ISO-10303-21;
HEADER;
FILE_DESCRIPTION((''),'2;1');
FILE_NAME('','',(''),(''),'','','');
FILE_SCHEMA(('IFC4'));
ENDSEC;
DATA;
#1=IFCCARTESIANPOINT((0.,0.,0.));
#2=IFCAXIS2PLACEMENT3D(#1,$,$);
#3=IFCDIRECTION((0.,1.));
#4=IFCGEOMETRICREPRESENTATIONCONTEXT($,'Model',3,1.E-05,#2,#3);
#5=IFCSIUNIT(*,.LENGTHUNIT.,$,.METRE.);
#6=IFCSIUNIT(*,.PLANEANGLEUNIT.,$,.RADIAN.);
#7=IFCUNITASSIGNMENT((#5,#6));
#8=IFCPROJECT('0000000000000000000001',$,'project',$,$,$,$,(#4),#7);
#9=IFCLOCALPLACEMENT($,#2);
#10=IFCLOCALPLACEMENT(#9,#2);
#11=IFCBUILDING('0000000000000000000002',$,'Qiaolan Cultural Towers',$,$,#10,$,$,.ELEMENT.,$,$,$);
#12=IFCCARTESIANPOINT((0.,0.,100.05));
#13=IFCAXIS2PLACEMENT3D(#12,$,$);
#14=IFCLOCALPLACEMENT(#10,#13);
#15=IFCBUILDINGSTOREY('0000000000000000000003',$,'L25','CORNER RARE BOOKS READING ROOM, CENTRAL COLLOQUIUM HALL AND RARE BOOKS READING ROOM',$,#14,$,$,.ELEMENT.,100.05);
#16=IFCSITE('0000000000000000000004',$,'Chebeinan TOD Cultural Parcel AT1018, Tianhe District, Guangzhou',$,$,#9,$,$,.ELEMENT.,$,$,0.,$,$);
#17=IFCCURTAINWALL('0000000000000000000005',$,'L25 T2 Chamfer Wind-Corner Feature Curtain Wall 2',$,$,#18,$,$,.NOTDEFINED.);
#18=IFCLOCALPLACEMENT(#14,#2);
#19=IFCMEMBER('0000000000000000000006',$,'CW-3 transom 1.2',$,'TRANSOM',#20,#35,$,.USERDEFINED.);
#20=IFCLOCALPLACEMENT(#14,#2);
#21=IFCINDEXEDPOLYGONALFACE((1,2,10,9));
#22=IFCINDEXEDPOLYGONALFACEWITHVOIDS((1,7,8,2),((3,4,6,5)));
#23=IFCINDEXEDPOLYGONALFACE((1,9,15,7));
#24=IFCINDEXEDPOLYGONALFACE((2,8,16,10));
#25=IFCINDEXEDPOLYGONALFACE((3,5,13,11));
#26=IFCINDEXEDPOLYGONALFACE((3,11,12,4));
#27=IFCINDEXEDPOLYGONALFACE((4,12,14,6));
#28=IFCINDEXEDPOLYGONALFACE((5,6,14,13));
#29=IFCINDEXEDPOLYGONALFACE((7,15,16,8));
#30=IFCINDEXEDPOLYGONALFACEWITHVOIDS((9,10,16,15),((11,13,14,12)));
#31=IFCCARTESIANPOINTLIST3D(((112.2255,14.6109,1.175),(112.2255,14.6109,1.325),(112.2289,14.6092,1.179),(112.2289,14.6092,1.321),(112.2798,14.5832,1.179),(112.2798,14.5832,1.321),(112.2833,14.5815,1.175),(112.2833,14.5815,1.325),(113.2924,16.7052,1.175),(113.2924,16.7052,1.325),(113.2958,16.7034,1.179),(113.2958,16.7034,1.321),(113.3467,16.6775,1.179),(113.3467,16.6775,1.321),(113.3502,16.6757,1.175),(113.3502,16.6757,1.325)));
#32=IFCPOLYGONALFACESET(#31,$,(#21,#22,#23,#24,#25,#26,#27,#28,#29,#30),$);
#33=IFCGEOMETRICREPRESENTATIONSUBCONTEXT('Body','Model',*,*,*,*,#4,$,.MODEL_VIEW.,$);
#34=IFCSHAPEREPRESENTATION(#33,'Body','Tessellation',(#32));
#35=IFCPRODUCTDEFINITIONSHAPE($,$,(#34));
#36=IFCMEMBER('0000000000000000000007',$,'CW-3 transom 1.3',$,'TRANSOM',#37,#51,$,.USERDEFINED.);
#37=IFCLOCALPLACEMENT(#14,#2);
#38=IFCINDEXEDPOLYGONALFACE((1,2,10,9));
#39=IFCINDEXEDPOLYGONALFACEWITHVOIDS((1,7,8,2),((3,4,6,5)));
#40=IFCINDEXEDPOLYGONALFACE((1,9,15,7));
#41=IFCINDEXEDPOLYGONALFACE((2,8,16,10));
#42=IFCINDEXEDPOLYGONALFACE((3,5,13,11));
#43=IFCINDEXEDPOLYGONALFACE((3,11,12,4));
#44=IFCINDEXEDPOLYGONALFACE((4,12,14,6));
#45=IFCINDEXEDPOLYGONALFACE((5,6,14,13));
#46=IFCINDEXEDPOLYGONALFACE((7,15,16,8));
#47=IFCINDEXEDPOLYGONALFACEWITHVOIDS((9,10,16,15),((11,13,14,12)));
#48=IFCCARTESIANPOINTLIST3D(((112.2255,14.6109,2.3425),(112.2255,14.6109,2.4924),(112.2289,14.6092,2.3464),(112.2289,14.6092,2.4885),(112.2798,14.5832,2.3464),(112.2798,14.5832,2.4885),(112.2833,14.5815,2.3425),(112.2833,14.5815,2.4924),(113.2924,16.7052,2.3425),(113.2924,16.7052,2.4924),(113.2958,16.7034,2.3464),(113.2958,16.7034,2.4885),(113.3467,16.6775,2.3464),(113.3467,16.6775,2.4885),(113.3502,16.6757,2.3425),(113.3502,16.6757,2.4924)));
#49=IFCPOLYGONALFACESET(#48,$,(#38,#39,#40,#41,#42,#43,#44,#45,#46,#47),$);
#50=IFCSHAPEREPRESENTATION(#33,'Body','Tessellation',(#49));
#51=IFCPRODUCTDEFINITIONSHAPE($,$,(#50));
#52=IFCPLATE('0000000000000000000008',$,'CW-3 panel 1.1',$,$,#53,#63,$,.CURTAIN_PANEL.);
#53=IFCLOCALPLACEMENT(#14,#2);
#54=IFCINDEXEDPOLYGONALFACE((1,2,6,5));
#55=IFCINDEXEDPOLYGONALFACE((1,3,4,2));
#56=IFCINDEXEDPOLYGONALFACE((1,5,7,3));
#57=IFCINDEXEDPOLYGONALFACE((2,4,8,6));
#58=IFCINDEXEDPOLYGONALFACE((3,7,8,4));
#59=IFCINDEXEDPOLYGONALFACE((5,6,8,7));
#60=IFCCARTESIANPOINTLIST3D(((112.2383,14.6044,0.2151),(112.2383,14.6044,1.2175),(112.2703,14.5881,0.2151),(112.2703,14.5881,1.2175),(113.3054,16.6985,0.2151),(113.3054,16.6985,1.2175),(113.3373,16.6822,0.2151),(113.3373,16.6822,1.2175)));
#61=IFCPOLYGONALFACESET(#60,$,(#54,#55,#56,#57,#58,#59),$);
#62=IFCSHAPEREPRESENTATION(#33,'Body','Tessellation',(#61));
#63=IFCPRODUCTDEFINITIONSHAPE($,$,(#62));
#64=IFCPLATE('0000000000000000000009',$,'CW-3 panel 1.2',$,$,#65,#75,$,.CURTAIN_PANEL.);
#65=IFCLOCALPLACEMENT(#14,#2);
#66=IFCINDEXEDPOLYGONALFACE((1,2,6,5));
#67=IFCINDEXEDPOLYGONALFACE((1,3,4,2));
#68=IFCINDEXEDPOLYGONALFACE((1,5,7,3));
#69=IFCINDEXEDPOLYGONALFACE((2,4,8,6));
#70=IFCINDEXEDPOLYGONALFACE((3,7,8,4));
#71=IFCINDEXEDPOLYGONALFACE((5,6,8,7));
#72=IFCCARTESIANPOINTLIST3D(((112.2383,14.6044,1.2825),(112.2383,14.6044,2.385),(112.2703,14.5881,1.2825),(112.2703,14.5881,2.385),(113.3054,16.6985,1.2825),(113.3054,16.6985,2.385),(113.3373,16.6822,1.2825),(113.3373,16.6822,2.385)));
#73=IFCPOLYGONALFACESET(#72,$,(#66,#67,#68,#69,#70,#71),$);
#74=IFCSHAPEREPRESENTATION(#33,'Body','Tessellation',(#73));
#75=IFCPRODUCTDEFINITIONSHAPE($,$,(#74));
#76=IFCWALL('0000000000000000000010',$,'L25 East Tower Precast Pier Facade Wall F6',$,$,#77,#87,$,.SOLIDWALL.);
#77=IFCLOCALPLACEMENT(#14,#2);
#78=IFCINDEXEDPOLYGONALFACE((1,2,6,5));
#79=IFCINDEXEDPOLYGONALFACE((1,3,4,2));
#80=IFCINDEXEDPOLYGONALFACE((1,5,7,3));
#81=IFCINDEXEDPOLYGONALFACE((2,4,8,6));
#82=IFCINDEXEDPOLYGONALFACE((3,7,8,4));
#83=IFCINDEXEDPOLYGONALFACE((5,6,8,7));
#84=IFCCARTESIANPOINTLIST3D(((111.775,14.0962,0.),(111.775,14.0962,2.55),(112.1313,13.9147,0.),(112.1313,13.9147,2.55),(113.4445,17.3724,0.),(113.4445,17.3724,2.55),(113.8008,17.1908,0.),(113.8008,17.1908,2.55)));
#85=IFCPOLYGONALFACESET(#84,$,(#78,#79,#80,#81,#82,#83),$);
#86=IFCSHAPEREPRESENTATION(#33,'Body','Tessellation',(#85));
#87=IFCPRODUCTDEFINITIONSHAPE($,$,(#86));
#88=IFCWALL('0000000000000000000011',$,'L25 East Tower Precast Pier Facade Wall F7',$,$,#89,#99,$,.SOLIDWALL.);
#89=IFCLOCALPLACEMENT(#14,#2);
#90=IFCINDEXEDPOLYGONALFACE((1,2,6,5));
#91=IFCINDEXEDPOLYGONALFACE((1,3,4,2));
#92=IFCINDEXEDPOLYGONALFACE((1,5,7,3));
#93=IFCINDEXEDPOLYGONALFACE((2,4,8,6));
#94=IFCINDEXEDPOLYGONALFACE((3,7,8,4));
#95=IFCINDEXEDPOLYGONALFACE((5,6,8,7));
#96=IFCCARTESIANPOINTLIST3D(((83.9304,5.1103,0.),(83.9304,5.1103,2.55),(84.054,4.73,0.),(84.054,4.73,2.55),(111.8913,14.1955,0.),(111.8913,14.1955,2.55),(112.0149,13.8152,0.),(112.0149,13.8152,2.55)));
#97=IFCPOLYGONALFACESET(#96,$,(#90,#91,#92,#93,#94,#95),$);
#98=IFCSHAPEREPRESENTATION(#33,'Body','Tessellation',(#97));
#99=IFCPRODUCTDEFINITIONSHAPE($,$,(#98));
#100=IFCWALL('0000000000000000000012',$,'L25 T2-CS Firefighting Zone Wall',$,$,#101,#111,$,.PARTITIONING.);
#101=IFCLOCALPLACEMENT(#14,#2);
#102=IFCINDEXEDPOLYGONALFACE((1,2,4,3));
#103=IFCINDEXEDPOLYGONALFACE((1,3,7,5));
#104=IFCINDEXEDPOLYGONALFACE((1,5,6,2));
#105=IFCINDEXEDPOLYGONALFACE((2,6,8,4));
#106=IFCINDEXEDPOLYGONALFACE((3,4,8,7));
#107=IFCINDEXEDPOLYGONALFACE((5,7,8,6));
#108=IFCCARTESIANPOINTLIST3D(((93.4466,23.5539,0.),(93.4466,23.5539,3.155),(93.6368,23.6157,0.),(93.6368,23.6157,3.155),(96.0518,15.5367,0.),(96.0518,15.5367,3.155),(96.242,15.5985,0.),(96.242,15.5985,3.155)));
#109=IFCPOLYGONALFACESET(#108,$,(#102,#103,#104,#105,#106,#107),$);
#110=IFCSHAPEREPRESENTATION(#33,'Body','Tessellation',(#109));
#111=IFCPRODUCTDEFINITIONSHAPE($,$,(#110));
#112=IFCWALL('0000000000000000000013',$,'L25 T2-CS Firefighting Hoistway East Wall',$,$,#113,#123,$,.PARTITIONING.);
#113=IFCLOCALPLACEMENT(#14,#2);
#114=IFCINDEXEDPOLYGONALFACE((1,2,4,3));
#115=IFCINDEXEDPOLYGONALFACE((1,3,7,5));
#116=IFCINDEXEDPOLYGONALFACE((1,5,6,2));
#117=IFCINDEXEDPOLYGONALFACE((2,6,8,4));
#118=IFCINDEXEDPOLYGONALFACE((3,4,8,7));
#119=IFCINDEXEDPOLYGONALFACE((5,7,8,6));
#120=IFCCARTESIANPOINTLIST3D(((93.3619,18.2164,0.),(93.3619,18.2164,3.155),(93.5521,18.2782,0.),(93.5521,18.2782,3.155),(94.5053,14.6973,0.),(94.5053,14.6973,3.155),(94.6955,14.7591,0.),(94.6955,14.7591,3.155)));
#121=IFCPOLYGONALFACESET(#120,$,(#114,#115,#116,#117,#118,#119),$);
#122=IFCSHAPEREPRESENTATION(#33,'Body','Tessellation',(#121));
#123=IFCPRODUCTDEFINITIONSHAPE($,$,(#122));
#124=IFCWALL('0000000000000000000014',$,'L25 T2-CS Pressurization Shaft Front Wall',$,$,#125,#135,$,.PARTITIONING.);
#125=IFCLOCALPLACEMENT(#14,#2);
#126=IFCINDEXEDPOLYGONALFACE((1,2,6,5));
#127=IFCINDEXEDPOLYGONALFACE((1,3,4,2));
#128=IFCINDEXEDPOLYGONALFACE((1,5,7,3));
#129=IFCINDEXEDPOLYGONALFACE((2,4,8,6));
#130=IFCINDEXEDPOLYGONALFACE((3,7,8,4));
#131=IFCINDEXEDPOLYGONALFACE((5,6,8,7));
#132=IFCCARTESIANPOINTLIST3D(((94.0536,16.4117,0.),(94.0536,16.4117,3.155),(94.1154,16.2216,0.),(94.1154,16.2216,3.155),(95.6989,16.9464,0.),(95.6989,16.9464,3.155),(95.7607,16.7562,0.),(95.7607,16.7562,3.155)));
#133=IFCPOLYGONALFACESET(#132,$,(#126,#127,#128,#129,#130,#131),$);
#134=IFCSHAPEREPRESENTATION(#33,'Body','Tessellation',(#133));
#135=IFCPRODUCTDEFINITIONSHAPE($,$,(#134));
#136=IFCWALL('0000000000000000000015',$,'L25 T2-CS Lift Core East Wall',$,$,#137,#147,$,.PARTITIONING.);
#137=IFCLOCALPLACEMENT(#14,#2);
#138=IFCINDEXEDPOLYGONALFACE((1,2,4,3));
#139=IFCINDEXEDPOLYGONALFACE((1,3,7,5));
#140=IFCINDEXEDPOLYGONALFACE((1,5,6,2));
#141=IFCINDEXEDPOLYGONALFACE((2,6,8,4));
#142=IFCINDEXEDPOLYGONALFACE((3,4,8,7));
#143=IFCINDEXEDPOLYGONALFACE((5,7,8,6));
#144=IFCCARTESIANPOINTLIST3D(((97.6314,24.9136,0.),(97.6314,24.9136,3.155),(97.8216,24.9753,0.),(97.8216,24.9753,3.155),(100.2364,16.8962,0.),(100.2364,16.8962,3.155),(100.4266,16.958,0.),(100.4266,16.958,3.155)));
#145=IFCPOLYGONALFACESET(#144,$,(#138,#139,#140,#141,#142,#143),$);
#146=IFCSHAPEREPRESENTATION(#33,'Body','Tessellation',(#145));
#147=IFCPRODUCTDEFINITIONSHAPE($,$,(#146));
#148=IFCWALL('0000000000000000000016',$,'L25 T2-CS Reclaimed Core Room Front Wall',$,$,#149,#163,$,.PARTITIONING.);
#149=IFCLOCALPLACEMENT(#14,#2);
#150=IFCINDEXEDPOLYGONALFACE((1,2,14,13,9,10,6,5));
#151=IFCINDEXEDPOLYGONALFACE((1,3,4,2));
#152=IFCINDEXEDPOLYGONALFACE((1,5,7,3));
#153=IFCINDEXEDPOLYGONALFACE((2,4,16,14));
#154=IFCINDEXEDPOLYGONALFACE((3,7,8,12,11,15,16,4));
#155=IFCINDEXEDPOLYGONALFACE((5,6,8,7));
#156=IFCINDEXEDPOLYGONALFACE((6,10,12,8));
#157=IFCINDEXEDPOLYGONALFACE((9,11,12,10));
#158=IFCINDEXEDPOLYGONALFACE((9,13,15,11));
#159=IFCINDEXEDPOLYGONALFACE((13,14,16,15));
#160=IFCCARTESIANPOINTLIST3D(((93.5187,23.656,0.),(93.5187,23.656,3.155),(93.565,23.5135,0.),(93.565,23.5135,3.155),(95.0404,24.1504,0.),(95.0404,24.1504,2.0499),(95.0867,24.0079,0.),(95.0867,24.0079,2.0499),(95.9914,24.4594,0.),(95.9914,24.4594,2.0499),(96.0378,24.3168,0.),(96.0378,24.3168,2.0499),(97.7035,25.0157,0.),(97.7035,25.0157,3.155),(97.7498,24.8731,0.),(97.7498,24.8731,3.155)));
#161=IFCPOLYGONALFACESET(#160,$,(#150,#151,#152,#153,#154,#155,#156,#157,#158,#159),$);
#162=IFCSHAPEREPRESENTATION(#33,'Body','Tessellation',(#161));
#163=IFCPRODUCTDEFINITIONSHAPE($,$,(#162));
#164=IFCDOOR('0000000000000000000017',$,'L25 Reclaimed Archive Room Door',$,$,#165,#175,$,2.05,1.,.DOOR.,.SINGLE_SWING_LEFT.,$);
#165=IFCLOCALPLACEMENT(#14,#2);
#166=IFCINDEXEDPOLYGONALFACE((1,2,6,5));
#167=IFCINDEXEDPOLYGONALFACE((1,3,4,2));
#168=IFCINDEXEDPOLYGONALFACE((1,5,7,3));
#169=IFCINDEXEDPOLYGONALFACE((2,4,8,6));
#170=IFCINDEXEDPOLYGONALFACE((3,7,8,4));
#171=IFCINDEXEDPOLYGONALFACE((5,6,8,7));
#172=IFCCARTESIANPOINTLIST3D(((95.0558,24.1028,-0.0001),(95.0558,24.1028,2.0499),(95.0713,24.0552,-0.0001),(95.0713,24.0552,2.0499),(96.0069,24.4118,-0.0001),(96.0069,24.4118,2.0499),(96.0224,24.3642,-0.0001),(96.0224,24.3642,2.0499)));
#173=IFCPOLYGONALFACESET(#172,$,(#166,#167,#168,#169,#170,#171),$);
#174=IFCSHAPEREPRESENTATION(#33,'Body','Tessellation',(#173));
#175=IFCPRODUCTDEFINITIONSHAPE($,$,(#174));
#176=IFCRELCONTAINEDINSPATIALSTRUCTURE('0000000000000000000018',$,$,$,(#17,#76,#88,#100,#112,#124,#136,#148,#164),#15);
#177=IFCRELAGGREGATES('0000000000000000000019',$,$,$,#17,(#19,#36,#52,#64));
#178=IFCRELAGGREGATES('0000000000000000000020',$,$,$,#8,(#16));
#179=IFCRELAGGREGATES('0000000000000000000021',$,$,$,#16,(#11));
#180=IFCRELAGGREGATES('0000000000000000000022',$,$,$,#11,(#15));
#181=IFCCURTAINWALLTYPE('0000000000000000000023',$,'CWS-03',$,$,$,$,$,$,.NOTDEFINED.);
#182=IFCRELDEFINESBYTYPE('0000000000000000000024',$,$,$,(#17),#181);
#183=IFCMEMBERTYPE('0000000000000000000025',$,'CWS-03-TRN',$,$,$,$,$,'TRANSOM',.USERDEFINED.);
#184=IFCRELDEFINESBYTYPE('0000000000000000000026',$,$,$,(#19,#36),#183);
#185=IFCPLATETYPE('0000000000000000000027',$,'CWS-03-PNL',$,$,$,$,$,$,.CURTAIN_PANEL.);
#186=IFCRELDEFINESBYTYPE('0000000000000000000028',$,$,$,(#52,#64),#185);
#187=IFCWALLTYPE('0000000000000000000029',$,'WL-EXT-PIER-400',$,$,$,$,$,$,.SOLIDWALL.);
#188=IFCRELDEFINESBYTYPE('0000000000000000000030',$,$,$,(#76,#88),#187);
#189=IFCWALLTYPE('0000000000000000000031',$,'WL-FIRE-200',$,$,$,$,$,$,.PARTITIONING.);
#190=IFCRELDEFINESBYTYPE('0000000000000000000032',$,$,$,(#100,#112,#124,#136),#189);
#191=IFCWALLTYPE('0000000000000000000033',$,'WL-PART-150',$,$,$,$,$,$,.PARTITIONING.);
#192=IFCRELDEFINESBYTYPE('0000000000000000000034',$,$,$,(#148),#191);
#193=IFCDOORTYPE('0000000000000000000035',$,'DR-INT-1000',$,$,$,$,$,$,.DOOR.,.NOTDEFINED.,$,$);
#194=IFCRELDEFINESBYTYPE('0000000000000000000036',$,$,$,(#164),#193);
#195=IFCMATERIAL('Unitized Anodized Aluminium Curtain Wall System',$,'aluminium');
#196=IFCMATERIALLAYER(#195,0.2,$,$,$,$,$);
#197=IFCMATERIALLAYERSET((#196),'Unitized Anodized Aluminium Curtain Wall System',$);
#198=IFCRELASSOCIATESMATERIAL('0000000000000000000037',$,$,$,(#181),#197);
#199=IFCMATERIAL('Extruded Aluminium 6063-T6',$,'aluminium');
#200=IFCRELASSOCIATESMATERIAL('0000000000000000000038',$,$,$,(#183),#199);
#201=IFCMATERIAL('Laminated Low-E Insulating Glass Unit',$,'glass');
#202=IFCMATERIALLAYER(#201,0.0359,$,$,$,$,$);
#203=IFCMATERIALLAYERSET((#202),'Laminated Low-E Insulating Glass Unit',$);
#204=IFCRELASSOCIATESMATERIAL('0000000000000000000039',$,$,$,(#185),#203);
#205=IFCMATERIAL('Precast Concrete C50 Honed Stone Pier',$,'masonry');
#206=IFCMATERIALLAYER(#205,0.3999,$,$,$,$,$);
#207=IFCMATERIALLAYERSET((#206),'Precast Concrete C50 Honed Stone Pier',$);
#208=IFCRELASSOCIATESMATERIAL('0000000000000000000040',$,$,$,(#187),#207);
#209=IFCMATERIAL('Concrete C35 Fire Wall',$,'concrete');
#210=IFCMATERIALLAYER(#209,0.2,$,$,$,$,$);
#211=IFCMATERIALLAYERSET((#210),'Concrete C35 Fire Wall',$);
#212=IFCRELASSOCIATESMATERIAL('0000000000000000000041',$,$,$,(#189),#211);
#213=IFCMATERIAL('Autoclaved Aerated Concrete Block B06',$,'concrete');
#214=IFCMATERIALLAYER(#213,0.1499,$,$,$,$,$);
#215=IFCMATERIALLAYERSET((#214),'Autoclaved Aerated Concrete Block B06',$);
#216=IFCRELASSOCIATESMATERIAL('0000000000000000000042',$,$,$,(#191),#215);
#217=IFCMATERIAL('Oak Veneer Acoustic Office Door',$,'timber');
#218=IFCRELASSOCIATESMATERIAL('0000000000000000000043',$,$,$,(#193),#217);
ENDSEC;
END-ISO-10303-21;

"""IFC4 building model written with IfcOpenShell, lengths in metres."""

from ifc_helpers import new_model, si_unit, direction, frame, frame_2d, origin, origin_2d, place, context, subcontext, project, spatial, rectangle, hollow_rectangle, extrude, material, layer, layer_set, material_profile, profile_set, type_object, element, fill, aggregate, save


model = new_model("IFC4")

# Units and contexts
model_context = context("Model", 3, precision=1e-05, world=origin(), true_north=direction((0.0, 1.0)))
body_context = subcontext(model_context, "Body", "Model", "MODEL_VIEW")
ifc_project = project(units=[si_unit("LENGTHUNIT", "METRE"), si_unit("PLANEANGLEUNIT", "RADIAN")], contexts=[model_context])

# Site, building, storey
site_placement = place(None, origin())
site = spatial("IfcSite", under=ifc_project, at=site_placement, Name="Chebeinan TOD Cultural Parcel AT1018, Tianhe District, Guangzhou", CompositionType="ELEMENT", RefElevation=0.0)
building_placement = place(site_placement, origin())
building = spatial("IfcBuilding", under=site, at=building_placement, Name="Qiaolan Cultural Towers", CompositionType="ELEMENT")
storey_placement = place(building_placement, frame((0.0, 0.0, 100.05)))
storey = spatial("IfcBuildingStorey", under=building, at=storey_placement, Name="L25", Description="CORNER RARE BOOKS READING ROOM, CENTRAL COLLOQUIUM HALL AND RARE BOOKS READING ROOM", CompositionType="ELEMENT", Elevation=100.05)

# Curtain wall, members, plates
ifc_material_1 = material(Name="Unitized Anodized Aluminium Curtain Wall System", Category="aluminium")
ifc_layer_1 = layer(ifc_material_1, 0.2)
ifc_layer_set_1 = layer_set([ifc_layer_1], Name="Unitized Anodized Aluminium Curtain Wall System")
curtain_wall_type = type_object("IfcCurtainWallType", Name="CWS-03", PredefinedType="NOTDEFINED", material=ifc_layer_set_1)
curtain_wall_placement = place(storey_placement, origin())
curtain_wall = element("IfcCurtainWall", 1, at=curtain_wall_placement, inside=storey, type_object=curtain_wall_type, Name="L25 T2 Chamfer Wind-Corner Feature Curtain Wall 2", PredefinedType="NOTDEFINED")
ifc_material_2 = material(Name="Extruded Aluminium 6063-T6", Category="aluminium")
ifc_material_profile_1 = material_profile(ifc_material_2, hollow_rectangle(XDim=0.0649, YDim=0.1499, WallThickness=0.0039, at=origin_2d()), Name="CWT-150x65x4")
ifc_profile_set_1 = profile_set([ifc_material_profile_1], Name="Extruded Aluminium 6063-T6")
member_type_1 = type_object("IfcMemberType", Name="CWS-03-TRN", ElementType="TRANSOM", PredefinedType="USERDEFINED", material=ifc_profile_set_1)
member_1_placement = place(storey_placement, frame((113.3213, 16.6904, 1.25), z_axis=(-0.453932, -0.891036, 0.0), x_axis=(0.891036, -0.453932, 0.0)))
member_1 = element("IfcMember", 2, at=member_1_placement, type_object=member_type_1, Name="CW-3 transom 1.2", ObjectType="TRANSOM", PredefinedType="USERDEFINED", context=body_context, shape_type="SweptSolid", body=[
    extrude(hollow_rectangle(XDim=0.0649, YDim=0.1499, WallThickness=0.0039, at=origin_2d()), origin(), (0.0, 0.0, 1.0), 2.3503),
])
member_2_placement = place(storey_placement, frame((113.3213, 16.6904, 2.4175), z_axis=(-0.453932, -0.891036, 0.0), x_axis=(0.891036, -0.453932, 0.0)))
member_2 = element("IfcMember", 3, at=member_2_placement, type_object=member_type_1, Name="CW-3 transom 1.3", ObjectType="TRANSOM", PredefinedType="USERDEFINED", context=body_context, shape_type="SweptSolid", body=[
    extrude(hollow_rectangle(XDim=0.0649, YDim=0.1499, WallThickness=0.0039, at=origin_2d()), origin(), (0.0, 0.0, 1.0), 2.3503),
])
ifc_material_3 = material(Name="Laminated Low-E Insulating Glass Unit", Category="glass")
ifc_layer_2 = layer(ifc_material_3, 0.0359)
ifc_layer_set_2 = layer_set([ifc_layer_2], Name="Laminated Low-E Insulating Glass Unit")
plate_type = type_object("IfcPlateType", Name="CWS-03-PNL", PredefinedType="CURTAIN_PANEL", material=ifc_layer_set_2)
plate_1_placement = place(storey_placement, frame((112.7878, 15.6433, 0.2151), z_axis=(0.0, 0.0, 1.0), x_axis=(-0.453991, -0.891006, 0.0)))
plate_1 = element("IfcPlate", 4, at=plate_1_placement, type_object=plate_type, Name="CW-3 panel 1.1", PredefinedType="CURTAIN_PANEL", context=body_context, shape_type="SweptSolid", body=[
    extrude(rectangle(XDim=2.3503, YDim=0.0359, at=origin_2d()), origin(), (0.0, 0.0, 1.0), 1.0024),
])
plate_2_placement = place(storey_placement, frame((112.7878, 15.6433, 1.2825), z_axis=(0.0, 0.0, 1.0), x_axis=(-0.453991, -0.891006, 0.0)))
plate_2 = element("IfcPlate", 5, at=plate_2_placement, type_object=plate_type, Name="CW-3 panel 1.2", PredefinedType="CURTAIN_PANEL", context=body_context, shape_type="SweptSolid", body=[
    extrude(rectangle(XDim=2.3503, YDim=0.0359, at=origin_2d()), origin(), (0.0, 0.0, 1.0), 1.1025),
])
aggregate(curtain_wall, [member_1, member_2, plate_1, plate_2])

# Walls
ifc_material_4 = material(Name="Precast Concrete C50 Honed Stone Pier", Category="masonry")
ifc_layer_3 = layer(ifc_material_4, 0.3999)
ifc_layer_set_3 = layer_set([ifc_layer_3], Name="Precast Concrete C50 Honed Stone Pier")
wall_type_1 = type_object("IfcWallType", Name="WL-EXT-PIER-400", PredefinedType="SOLIDWALL", material=ifc_layer_set_3)
wall_1_placement = place(storey_placement, frame((113.6226, 17.2815, 0.0), z_axis=(0.0, 0.0, 1.0), x_axis=(-0.454026, -0.890988, 0.0)))
element("IfcWall", 6, at=wall_1_placement, inside=storey, type_object=wall_type_1, Name="L25 East Tower Precast Pier Facade Wall F6", PredefinedType="SOLIDWALL", context=body_context, shape_type="SweptSolid", body=[
    extrude(rectangle(XDim=3.677, YDim=0.3999, at=frame_2d((1.8384, 0.0))), origin(), (0.0, 0.0, 1.0), 2.55),
])
wall_2_placement = place(storey_placement, frame((111.9531, 14.0054, 0.0), z_axis=(0.0, 0.0, 1.0), x_axis=(-0.951055, -0.309021, 0.0)))
element("IfcWall", 7, at=wall_2_placement, inside=storey, type_object=wall_type_1, Name="L25 East Tower Precast Pier Facade Wall F7", PredefinedType="SOLIDWALL", context=body_context, shape_type="SweptSolid", body=[
    extrude(rectangle(XDim=29.3999, YDim=0.3999, at=frame_2d((14.7, 0.0))), origin(), (0.0, 0.0, 1.0), 2.55),
])
ifc_material_5 = material(Name="Concrete C35 Fire Wall", Category="concrete")
ifc_layer_4 = layer(ifc_material_5, 0.2)
ifc_layer_set_4 = layer_set([ifc_layer_4], Name="Concrete C35 Fire Wall")
wall_type_2 = type_object("IfcWallType", Name="WL-FIRE-200", PredefinedType="PARTITIONING", material=ifc_layer_set_4)
wall_3_placement = place(storey_placement, frame((93.5417, 23.5847, 0.0), z_axis=(0.0, 0.0, 1.0), x_axis=(0.309042, -0.951048, 0.0)))
element("IfcWall", 8, at=wall_3_placement, inside=storey, type_object=wall_type_2, Name="L25 T2-CS Firefighting Zone Wall", PredefinedType="PARTITIONING", context=body_context, shape_type="SweptSolid", body=[
    extrude(rectangle(XDim=8.4299, YDim=0.2, at=frame_2d((4.2148, 0.0))), origin(), (0.0, 0.0, 1.0), 3.155),
])
wall_4_placement = place(storey_placement, frame((93.457, 18.2473, 0.0), z_axis=(0.0, 0.0, 1.0), x_axis=(0.308994, -0.951064, 0.0)))
element("IfcWall", 9, at=wall_4_placement, inside=storey, type_object=wall_type_2, Name="L25 T2-CS Firefighting Hoistway East Wall", PredefinedType="PARTITIONING", context=body_context, shape_type="SweptSolid", body=[
    extrude(rectangle(XDim=3.7002, YDim=0.2, at=frame_2d((1.8501, 0.0))), origin(), (0.0, 0.0, 1.0), 3.155),
])
wall_5_placement = place(storey_placement, frame((94.0845, 16.3167, 0.0), z_axis=(0.0, 0.0, 1.0), x_axis=(0.951041, 0.309064, 0.0)))
element("IfcWall", 10, at=wall_5_placement, inside=storey, type_object=wall_type_2, Name="L25 T2-CS Pressurization Shaft Front Wall", PredefinedType="PARTITIONING", context=body_context, shape_type="SweptSolid", body=[
    extrude(rectangle(XDim=1.73, YDim=0.2, at=frame_2d((0.865, 0.0))), origin(), (0.0, 0.0, 1.0), 3.155),
])
wall_6_placement = place(storey_placement, frame((97.7266, 24.9443, 0.0), z_axis=(0.0, 0.0, 1.0), x_axis=(0.309016, -0.951057, 0.0)))
element("IfcWall", 11, at=wall_6_placement, inside=storey, type_object=wall_type_2, Name="L25 T2-CS Lift Core East Wall", PredefinedType="PARTITIONING", context=body_context, shape_type="SweptSolid", body=[
    extrude(rectangle(XDim=8.4299, YDim=0.2, at=frame_2d((4.2148, 0.0))), origin(), (0.0, 0.0, 1.0), 3.155),
])

# Wall, opening, door
ifc_material_6 = material(Name="Autoclaved Aerated Concrete Block B06", Category="concrete")
ifc_layer_5 = layer(ifc_material_6, 0.1499)
ifc_layer_set_5 = layer_set([ifc_layer_5], Name="Autoclaved Aerated Concrete Block B06")
wall_type_3 = type_object("IfcWallType", Name="WL-PART-150", PredefinedType="PARTITIONING", material=ifc_layer_set_5)
wall_7_placement = place(storey_placement, frame((93.5417, 23.5847, 0.0), z_axis=(0.0, 0.0, 1.0), x_axis=(0.951064, 0.308994, 0.0)))
wall_7 = element("IfcWall", 12, at=wall_7_placement, inside=storey, type_object=wall_type_3, Name="L25 T2-CS Reclaimed Core Room Front Wall", PredefinedType="PARTITIONING", context=body_context, shape_type="SweptSolid", body=[
    extrude(rectangle(XDim=4.4001, YDim=0.1499, at=frame_2d((2.2002, 0.0))), origin(), (0.0, 0.0, 1.0), 3.155),
])
opening_placement = place(wall_7_placement, frame((1.6001, 0.0, 0.0)))
opening = element("IfcOpeningElement", 13, at=opening_placement, cuts=wall_7, PredefinedType="OPENING", context=body_context, shape_type="SweptSolid", body=[
    extrude(rectangle(XDim=1.0, YDim=2.05, at=frame_2d((0.5, 1.0249))), frame((0.0, 0.085, 0.0), z_axis=(0.0, -1.0, 0.0), x_axis=(1.0, 0.0, 0.0)), (0.0, 0.0, 1.0), 0.1699),
])
ifc_material_7 = material(Name="Oak Veneer Acoustic Office Door", Category="timber")
door_type = type_object("IfcDoorType", Name="DR-INT-1000", OperationType="NOTDEFINED", PredefinedType="DOOR", material=ifc_material_7)
door_placement = place(opening_placement, origin())
door = element("IfcDoor", 14, at=door_placement, inside=storey, type_object=door_type, Name="L25 Reclaimed Archive Room Door", OperationType="SINGLE_SWING_LEFT", OverallHeight=2.05, OverallWidth=1.0, PredefinedType="DOOR", context=body_context, shape_type="SweptSolid", body=[
    extrude(rectangle(XDim=1.0, YDim=2.05, at=frame_2d((0.5, 1.0249))), frame((0.0, 0.0249, 0.0), z_axis=(0.0, -1.0, 0.0), x_axis=(1.0, 0.0, 0.0)), (0.0, 0.0, 1.0), 0.05),
])
fill(opening, door)

save(model, "model.ifc")
